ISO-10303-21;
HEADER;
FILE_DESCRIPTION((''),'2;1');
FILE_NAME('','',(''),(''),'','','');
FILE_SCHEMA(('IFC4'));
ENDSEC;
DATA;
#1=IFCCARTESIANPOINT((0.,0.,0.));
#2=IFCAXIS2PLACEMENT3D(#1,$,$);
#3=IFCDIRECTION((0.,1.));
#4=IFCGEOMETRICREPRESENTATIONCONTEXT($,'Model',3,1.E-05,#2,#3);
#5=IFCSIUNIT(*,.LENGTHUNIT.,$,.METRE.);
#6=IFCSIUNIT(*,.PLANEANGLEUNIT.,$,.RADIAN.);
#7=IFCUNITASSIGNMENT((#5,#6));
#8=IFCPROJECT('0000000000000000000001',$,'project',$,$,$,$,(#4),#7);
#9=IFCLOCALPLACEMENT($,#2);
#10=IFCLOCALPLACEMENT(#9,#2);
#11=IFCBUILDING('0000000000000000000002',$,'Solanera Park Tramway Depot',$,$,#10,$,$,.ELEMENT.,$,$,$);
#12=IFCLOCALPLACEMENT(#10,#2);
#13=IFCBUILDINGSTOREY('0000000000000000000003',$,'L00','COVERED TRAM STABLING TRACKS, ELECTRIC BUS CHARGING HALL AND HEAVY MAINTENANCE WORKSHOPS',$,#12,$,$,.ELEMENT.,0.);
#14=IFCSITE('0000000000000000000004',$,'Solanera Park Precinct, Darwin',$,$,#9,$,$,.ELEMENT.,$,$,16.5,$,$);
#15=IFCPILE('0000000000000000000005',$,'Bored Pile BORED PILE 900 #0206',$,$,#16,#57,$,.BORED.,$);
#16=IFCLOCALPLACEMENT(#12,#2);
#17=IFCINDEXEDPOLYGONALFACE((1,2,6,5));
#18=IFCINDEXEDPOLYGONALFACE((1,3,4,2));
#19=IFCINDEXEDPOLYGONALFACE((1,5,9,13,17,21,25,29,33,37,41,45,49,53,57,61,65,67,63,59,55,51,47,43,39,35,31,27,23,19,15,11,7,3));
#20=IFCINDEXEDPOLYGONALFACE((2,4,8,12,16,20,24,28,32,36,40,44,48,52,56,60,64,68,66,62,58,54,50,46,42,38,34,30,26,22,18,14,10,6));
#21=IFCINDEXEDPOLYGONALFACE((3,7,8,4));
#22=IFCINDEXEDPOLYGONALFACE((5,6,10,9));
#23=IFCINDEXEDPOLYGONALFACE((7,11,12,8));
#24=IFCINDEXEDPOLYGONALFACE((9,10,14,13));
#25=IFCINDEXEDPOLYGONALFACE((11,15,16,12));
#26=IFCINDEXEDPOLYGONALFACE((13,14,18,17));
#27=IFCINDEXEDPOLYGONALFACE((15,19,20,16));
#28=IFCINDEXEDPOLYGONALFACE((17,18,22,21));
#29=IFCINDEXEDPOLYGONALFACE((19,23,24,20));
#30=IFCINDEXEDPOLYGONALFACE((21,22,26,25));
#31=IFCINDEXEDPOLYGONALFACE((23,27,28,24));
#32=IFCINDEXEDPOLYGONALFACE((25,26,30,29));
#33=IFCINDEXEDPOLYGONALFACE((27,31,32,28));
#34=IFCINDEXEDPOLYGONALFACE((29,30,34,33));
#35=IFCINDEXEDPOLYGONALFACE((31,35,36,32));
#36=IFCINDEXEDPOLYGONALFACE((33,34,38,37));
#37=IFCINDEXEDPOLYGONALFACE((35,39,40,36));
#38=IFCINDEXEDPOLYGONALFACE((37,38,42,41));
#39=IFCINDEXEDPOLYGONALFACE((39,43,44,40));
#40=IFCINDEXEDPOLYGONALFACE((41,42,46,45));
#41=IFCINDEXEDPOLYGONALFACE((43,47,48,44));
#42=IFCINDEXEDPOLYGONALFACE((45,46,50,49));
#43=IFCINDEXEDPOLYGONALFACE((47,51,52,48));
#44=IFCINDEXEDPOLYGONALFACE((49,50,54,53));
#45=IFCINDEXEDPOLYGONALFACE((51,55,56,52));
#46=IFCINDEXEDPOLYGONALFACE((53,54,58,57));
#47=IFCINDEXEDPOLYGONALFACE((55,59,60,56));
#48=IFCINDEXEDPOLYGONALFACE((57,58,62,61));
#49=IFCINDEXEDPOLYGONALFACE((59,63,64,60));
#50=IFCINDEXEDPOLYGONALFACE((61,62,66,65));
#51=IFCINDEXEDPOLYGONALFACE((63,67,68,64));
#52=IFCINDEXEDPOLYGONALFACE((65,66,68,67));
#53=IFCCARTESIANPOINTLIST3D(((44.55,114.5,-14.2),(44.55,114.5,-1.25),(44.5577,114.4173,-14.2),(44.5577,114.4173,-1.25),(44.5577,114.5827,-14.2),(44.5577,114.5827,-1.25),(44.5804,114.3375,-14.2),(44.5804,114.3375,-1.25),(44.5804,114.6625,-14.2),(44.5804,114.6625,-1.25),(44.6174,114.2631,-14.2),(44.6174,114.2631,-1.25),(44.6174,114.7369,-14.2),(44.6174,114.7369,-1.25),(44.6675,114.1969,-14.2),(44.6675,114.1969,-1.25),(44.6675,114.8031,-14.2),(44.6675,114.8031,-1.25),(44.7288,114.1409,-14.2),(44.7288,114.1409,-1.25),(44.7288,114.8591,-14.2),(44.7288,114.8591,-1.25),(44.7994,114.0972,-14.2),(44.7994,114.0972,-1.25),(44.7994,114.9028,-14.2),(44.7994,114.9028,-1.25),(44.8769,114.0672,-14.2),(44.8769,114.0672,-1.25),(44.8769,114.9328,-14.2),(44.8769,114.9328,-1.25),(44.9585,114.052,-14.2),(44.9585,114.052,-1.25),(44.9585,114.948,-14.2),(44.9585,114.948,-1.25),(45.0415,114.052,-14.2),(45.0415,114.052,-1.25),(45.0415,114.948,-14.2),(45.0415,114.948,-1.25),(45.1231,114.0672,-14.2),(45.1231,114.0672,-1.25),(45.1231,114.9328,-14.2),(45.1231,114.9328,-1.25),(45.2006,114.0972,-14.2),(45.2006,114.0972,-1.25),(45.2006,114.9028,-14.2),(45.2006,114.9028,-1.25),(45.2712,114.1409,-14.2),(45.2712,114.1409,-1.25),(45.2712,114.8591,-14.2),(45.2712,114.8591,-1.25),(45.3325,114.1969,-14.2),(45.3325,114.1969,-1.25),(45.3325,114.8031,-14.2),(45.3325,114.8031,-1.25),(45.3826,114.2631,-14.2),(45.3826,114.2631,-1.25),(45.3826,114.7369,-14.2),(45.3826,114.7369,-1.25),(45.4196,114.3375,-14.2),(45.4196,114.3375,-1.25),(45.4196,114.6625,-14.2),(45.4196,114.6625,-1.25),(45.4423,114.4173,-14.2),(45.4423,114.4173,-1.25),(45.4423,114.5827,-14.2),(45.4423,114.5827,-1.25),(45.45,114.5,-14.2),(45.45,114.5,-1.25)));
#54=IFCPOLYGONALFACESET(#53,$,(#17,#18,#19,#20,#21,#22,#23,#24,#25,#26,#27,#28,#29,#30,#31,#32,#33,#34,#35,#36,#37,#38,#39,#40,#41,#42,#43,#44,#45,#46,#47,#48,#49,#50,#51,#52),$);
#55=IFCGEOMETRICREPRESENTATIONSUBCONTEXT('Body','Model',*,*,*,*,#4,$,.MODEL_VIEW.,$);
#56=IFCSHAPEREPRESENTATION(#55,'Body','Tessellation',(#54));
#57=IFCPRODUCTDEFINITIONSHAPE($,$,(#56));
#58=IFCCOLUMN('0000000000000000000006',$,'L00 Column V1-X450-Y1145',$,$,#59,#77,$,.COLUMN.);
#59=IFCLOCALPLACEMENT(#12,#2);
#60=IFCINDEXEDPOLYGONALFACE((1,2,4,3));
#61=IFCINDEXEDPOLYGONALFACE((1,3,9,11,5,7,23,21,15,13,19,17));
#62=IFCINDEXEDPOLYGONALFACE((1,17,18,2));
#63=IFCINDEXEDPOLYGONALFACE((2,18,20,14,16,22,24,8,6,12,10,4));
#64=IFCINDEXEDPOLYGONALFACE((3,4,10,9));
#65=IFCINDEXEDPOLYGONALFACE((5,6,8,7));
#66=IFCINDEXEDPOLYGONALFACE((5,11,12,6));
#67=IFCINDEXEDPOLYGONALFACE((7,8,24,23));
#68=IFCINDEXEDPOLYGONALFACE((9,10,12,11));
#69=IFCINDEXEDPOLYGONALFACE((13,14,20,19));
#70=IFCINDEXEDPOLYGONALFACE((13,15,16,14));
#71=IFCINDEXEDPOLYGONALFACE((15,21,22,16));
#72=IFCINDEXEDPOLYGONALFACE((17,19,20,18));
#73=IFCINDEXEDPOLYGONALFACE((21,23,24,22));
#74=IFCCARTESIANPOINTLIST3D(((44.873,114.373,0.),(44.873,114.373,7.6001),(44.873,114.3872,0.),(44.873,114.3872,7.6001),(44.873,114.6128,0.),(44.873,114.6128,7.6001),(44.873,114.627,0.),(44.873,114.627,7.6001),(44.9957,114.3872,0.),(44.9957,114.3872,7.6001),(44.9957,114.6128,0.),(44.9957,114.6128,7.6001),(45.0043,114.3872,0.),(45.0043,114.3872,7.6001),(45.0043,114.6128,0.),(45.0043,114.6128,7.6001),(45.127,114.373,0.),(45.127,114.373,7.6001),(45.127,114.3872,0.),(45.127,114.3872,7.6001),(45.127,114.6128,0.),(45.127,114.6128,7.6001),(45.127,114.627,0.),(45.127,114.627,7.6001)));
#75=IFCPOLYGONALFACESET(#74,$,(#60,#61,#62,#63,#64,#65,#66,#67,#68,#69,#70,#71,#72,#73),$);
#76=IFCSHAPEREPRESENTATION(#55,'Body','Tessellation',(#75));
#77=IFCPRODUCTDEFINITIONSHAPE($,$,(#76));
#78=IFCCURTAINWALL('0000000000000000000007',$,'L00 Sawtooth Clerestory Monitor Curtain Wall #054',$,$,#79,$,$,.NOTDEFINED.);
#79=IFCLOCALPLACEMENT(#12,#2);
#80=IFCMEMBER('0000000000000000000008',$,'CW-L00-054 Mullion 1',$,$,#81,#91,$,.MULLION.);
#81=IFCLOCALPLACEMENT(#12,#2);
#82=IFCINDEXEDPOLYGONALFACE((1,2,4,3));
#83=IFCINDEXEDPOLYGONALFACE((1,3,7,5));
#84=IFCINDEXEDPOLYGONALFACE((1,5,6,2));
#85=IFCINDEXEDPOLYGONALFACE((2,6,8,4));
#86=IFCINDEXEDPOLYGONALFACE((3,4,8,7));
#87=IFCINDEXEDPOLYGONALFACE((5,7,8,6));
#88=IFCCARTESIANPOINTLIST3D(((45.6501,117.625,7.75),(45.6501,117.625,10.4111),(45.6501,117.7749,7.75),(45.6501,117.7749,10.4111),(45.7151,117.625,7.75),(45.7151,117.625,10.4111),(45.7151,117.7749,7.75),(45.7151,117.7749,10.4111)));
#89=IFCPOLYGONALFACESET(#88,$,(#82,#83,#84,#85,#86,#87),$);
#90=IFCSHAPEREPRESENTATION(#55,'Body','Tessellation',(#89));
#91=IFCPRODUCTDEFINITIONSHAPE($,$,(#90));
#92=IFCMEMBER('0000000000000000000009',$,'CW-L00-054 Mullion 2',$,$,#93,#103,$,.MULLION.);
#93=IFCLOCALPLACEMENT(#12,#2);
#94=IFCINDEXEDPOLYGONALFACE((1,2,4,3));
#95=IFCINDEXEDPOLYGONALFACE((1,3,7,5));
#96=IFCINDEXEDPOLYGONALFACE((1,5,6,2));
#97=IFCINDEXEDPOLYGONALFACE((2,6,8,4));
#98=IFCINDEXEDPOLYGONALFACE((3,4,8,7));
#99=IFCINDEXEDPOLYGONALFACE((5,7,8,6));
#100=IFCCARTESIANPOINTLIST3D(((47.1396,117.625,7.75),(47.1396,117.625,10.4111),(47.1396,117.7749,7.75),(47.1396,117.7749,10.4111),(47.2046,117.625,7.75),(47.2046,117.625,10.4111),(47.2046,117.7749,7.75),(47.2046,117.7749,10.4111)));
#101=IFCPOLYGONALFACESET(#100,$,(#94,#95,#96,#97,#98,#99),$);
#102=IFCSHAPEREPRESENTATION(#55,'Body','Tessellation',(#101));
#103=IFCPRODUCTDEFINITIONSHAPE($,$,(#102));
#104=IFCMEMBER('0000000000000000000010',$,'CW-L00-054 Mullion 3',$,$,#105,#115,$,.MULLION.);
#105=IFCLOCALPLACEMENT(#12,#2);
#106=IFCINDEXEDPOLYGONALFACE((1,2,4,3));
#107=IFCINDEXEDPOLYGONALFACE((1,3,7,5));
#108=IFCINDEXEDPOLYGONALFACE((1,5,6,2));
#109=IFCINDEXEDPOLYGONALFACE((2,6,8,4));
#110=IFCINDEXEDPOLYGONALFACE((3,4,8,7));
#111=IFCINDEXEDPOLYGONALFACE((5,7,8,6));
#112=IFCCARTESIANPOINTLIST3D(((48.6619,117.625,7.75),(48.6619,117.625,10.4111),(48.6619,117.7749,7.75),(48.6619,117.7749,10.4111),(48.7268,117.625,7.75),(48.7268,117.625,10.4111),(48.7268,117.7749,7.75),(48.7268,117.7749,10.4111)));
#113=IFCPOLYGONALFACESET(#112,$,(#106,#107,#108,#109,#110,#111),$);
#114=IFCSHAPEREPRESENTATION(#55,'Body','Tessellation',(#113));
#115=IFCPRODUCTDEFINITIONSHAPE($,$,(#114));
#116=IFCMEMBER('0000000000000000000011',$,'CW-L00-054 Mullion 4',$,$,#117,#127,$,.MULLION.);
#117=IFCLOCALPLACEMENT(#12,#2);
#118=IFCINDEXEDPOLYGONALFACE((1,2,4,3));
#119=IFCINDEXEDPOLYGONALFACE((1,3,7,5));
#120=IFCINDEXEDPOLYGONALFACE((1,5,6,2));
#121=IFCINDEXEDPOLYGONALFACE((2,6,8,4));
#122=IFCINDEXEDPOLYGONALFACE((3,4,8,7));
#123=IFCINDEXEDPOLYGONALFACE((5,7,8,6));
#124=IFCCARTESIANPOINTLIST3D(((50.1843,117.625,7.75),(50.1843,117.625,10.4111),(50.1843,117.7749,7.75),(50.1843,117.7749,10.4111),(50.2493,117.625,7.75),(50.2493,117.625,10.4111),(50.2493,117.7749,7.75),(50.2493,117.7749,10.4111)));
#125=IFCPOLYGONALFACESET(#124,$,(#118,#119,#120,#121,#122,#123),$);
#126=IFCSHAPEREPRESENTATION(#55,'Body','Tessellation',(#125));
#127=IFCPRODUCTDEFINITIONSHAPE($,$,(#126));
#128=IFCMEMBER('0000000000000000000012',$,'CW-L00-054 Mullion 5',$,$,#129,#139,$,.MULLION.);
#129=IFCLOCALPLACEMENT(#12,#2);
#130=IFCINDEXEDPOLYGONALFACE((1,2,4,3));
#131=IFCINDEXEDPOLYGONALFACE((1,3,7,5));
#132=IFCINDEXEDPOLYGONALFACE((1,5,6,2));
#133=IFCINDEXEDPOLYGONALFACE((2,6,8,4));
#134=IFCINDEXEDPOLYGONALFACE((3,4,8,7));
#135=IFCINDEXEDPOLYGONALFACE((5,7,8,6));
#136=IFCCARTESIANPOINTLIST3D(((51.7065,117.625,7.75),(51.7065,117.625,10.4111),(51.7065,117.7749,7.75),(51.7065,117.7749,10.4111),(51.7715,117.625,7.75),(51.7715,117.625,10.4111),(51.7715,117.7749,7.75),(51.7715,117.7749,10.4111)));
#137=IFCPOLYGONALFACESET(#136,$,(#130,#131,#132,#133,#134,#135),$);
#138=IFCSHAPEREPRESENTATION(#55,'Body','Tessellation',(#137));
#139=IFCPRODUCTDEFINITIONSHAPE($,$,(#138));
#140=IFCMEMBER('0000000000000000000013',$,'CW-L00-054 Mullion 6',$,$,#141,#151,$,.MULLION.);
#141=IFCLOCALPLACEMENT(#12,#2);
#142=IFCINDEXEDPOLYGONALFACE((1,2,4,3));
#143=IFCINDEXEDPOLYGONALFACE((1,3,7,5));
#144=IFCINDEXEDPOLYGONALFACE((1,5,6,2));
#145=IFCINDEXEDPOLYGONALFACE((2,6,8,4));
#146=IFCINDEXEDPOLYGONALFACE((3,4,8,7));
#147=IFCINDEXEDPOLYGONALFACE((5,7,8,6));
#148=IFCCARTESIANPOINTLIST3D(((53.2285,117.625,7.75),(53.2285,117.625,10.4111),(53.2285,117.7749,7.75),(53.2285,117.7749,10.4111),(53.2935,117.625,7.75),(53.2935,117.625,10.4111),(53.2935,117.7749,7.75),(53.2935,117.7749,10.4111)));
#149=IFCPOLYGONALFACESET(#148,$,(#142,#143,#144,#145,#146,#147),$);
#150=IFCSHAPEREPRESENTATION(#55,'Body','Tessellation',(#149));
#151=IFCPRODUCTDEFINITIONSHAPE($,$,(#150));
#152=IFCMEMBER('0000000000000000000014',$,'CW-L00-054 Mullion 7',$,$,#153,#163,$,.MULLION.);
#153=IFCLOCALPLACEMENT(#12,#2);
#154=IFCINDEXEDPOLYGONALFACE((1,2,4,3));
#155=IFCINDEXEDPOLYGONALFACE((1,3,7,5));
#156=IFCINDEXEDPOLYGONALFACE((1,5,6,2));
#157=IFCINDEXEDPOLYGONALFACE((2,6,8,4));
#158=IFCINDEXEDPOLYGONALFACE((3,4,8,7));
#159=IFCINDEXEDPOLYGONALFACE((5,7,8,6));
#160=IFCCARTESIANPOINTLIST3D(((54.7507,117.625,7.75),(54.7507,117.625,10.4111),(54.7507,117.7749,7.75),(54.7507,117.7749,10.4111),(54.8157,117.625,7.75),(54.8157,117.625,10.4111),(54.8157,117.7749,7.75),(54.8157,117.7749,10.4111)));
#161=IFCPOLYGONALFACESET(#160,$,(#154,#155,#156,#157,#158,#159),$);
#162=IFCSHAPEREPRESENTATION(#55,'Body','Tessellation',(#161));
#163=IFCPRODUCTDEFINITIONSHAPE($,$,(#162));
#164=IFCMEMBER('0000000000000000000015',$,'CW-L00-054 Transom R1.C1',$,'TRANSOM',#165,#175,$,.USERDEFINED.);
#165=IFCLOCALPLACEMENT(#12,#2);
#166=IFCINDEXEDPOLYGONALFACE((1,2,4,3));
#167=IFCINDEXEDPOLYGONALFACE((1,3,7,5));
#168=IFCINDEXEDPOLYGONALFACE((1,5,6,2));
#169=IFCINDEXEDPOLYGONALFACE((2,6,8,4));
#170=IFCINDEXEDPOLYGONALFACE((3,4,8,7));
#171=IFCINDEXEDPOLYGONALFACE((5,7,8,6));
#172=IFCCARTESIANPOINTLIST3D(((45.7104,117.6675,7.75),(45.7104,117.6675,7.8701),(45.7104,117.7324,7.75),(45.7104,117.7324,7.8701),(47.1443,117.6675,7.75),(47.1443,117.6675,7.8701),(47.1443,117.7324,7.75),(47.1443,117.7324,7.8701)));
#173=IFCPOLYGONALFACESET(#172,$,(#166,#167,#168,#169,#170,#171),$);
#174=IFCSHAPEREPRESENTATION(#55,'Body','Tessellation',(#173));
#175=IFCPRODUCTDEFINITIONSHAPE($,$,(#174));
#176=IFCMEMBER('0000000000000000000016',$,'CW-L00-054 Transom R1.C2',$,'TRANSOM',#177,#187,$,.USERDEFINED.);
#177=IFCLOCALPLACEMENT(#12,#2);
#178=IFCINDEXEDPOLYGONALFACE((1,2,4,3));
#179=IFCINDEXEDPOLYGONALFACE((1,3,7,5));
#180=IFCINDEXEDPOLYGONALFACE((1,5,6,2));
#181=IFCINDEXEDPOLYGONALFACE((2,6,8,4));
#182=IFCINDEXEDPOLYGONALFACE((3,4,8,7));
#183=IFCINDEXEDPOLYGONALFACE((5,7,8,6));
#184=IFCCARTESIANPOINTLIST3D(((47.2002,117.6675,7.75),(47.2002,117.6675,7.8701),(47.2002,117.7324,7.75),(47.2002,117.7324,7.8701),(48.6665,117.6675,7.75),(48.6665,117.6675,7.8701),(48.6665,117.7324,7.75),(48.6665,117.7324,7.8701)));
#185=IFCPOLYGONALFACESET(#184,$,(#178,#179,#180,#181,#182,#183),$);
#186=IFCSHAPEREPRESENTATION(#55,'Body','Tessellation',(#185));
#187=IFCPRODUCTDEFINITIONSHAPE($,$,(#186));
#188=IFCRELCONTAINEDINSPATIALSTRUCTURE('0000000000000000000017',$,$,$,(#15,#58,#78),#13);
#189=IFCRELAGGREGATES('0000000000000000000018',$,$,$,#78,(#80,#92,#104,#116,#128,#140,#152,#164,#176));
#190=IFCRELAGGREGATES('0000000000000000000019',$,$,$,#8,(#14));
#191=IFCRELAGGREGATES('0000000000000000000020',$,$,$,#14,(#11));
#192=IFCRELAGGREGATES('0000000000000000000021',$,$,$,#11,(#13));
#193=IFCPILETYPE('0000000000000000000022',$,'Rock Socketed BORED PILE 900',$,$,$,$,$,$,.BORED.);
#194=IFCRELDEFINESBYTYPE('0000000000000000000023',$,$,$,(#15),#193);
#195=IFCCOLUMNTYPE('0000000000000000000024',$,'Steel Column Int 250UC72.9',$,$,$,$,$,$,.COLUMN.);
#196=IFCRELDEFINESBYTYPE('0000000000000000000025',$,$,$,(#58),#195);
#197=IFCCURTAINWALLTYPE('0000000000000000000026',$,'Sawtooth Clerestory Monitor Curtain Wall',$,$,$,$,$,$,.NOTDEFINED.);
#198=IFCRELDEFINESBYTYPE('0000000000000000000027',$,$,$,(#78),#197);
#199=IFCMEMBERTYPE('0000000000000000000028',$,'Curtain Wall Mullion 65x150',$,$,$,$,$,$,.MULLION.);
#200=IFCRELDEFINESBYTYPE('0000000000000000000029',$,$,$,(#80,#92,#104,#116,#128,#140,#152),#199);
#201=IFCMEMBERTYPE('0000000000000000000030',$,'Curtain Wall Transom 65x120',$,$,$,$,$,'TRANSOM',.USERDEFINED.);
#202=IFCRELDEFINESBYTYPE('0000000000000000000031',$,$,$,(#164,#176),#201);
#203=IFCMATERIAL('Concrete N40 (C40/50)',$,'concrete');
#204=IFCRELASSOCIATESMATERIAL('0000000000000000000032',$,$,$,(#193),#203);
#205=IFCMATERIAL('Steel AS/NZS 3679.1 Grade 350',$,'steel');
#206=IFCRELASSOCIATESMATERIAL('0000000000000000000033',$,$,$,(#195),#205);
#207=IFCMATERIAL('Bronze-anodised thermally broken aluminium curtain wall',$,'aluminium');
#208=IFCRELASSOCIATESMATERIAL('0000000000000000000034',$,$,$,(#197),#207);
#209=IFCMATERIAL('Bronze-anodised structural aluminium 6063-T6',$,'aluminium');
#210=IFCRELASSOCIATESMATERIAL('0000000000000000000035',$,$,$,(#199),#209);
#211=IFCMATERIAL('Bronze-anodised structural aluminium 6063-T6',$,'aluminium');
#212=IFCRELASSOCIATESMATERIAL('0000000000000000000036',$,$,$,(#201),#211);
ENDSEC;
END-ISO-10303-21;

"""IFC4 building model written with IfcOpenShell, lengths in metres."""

from ifc_helpers import new_model, si_unit, direction, frame, origin, origin_2d, place, context, subcontext, project, spatial, rectangle, circle, i_section, extrude, material, material_profile, profile_set, type_object, element, aggregate, save


model = new_model("IFC4")

# Units and contexts
model_context = context("Model", 3, precision=1e-05, world=origin(), true_north=direction((0.0, 1.0)))
body_context = subcontext(model_context, "Body", "Model", "MODEL_VIEW")
ifc_project = project(units=[si_unit("LENGTHUNIT", "METRE"), si_unit("PLANEANGLEUNIT", "RADIAN")], contexts=[model_context])

# Site, building, storey
site_placement = place(None, origin())
site = spatial("IfcSite", under=ifc_project, at=site_placement, Name="Solanera Park Precinct, Darwin", CompositionType="ELEMENT", RefElevation=16.5)
building_placement = place(site_placement, origin())
building = spatial("IfcBuilding", under=site, at=building_placement, Name="Solanera Park Tramway Depot", CompositionType="ELEMENT")
storey_placement = place(building_placement, origin())
storey = spatial("IfcBuildingStorey", under=building, at=storey_placement, Name="L00", Description="COVERED TRAM STABLING TRACKS, ELECTRIC BUS CHARGING HALL AND HEAVY MAINTENANCE WORKSHOPS", CompositionType="ELEMENT", Elevation=0.0)

# Pile
ifc_material_1 = material(Name="Concrete N40 (C40/50)", Category="concrete")
ifc_material_profile_1 = material_profile(ifc_material_1, circle(Radius=0.45, at=origin_2d()), Name="BORED PILE 900")
ifc_profile_set_1 = profile_set([ifc_material_profile_1], Name="Concrete N40 (C40/50)")
pile_type = type_object("IfcPileType", Name="Rock Socketed BORED PILE 900", PredefinedType="BORED", material=ifc_profile_set_1)
pile_placement = place(storey_placement, frame((45.0, 114.5, -1.25), z_axis=(0.0, 0.0, -1.0), x_axis=(1.0, 0.0, 0.0)))
element("IfcPile", 1, at=pile_placement, inside=storey, type_object=pile_type, Name="Bored Pile BORED PILE 900 #0206", PredefinedType="BORED", context=body_context, shape_type="SweptSolid", body=[
    extrude(circle(Radius=0.45, at=origin_2d()), origin(), (0.0, 0.0, 1.0), 12.95),
])

# Column
ifc_material_2 = material(Name="Steel AS/NZS 3679.1 Grade 350", Category="steel")
ifc_material_profile_2 = material_profile(ifc_material_2, i_section(OverallWidth=0.2539, OverallDepth=0.2539, WebThickness=0.0085, FlangeThickness=0.0142, at=origin_2d()), Name="250UC72.9")
ifc_profile_set_2 = profile_set([ifc_material_profile_2], Name="Steel AS/NZS 3679.1 Grade 350")
column_type = type_object("IfcColumnType", Name="Steel Column Int 250UC72.9", PredefinedType="COLUMN", material=ifc_profile_set_2)
column_placement = place(storey_placement, frame((45.0, 114.5, 0.0), z_axis=(0.0, 0.0, 1.0), x_axis=(1.0, 0.0, 0.0)))
element("IfcColumn", 2, at=column_placement, inside=storey, type_object=column_type, Name="L00 Column V1-X450-Y1145", PredefinedType="COLUMN", context=body_context, shape_type="SweptSolid", body=[
    extrude(i_section(OverallWidth=0.2539, OverallDepth=0.2539, WebThickness=0.0085, FlangeThickness=0.0142, at=origin_2d()), origin(), (0.0, 0.0, 1.0), 7.6001),
])

# Curtain wall, members
ifc_material_3 = material(Name="Bronze-anodised thermally broken aluminium curtain wall", Category="aluminium")
curtain_wall_type = type_object("IfcCurtainWallType", Name="Sawtooth Clerestory Monitor Curtain Wall", PredefinedType="NOTDEFINED", material=ifc_material_3)
curtain_wall_placement = place(storey_placement, origin())
curtain_wall = element("IfcCurtainWall", 3, at=curtain_wall_placement, inside=storey, type_object=curtain_wall_type, Name="L00 Sawtooth Clerestory Monitor Curtain Wall #054", PredefinedType="NOTDEFINED")
ifc_material_4 = material(Name="Bronze-anodised structural aluminium 6063-T6", Category="aluminium")
ifc_material_profile_3 = material_profile(ifc_material_4, rectangle(XDim=0.0649, YDim=0.1499, at=origin_2d()), Name="Curtain Wall Mullion 65x150")
ifc_profile_set_3 = profile_set([ifc_material_profile_3], Name="Bronze-anodised structural aluminium 6063-T6")
member_type_1 = type_object("IfcMemberType", Name="Curtain Wall Mullion 65x150", PredefinedType="MULLION", material=ifc_profile_set_3)
member_1_placement = place(storey_placement, frame((45.6826, 117.7, 7.75), z_axis=(0.0, 0.0, 1.0), x_axis=(1.0, 0.0, 0.0)))
member_1 = element("IfcMember", 4, at=member_1_placement, type_object=member_type_1, Name="CW-L00-054 Mullion 1", PredefinedType="MULLION", context=body_context, shape_type="SweptSolid", body=[
    extrude(rectangle(XDim=0.0649, YDim=0.1499, at=origin_2d()), origin(), (0.0, 0.0, 1.0), 2.6611),
])
member_2_placement = place(storey_placement, frame((47.1721, 117.7, 7.75), z_axis=(0.0, 0.0, 1.0), x_axis=(1.0, 0.0, 0.0)))
member_2 = element("IfcMember", 5, at=member_2_placement, type_object=member_type_1, Name="CW-L00-054 Mullion 2", PredefinedType="MULLION", context=body_context, shape_type="SweptSolid", body=[
    extrude(rectangle(XDim=0.0649, YDim=0.1499, at=origin_2d()), origin(), (0.0, 0.0, 1.0), 2.6611),
])
member_3_placement = place(storey_placement, frame((48.6943, 117.7, 7.75), z_axis=(0.0, 0.0, 1.0), x_axis=(1.0, 0.0, 0.0)))
member_3 = element("IfcMember", 6, at=member_3_placement, type_object=member_type_1, Name="CW-L00-054 Mullion 3", PredefinedType="MULLION", context=body_context, shape_type="SweptSolid", body=[
    extrude(rectangle(XDim=0.0649, YDim=0.1499, at=origin_2d()), origin(), (0.0, 0.0, 1.0), 2.6611),
])
member_4_placement = place(storey_placement, frame((50.2168, 117.7, 7.75), z_axis=(0.0, 0.0, 1.0), x_axis=(1.0, 0.0, 0.0)))
member_4 = element("IfcMember", 7, at=member_4_placement, type_object=member_type_1, Name="CW-L00-054 Mullion 4", PredefinedType="MULLION", context=body_context, shape_type="SweptSolid", body=[
    extrude(rectangle(XDim=0.0649, YDim=0.1499, at=origin_2d()), origin(), (0.0, 0.0, 1.0), 2.6611),
])
member_5_placement = place(storey_placement, frame((51.739, 117.7, 7.75), z_axis=(0.0, 0.0, 1.0), x_axis=(1.0, 0.0, 0.0)))
member_5 = element("IfcMember", 8, at=member_5_placement, type_object=member_type_1, Name="CW-L00-054 Mullion 5", PredefinedType="MULLION", context=body_context, shape_type="SweptSolid", body=[
    extrude(rectangle(XDim=0.0649, YDim=0.1499, at=origin_2d()), origin(), (0.0, 0.0, 1.0), 2.6611),
])
member_6_placement = place(storey_placement, frame((53.261, 117.7, 7.75), z_axis=(0.0, 0.0, 1.0), x_axis=(1.0, 0.0, 0.0)))
member_6 = element("IfcMember", 9, at=member_6_placement, type_object=member_type_1, Name="CW-L00-054 Mullion 6", PredefinedType="MULLION", context=body_context, shape_type="SweptSolid", body=[
    extrude(rectangle(XDim=0.0649, YDim=0.1499, at=origin_2d()), origin(), (0.0, 0.0, 1.0), 2.6611),
])
member_7_placement = place(storey_placement, frame((54.7832, 117.7, 7.75), z_axis=(0.0, 0.0, 1.0), x_axis=(1.0, 0.0, 0.0)))
member_7 = element("IfcMember", 10, at=member_7_placement, type_object=member_type_1, Name="CW-L00-054 Mullion 7", PredefinedType="MULLION", context=body_context, shape_type="SweptSolid", body=[
    extrude(rectangle(XDim=0.0649, YDim=0.1499, at=origin_2d()), origin(), (0.0, 0.0, 1.0), 2.6611),
])
ifc_material_5 = material(Name="Bronze-anodised structural aluminium 6063-T6", Category="aluminium")
ifc_material_profile_4 = material_profile(ifc_material_5, rectangle(XDim=0.0649, YDim=0.1201, at=origin_2d()), Name="Curtain Wall Transom 65x120")
ifc_profile_set_4 = profile_set([ifc_material_profile_4], Name="Bronze-anodised structural aluminium 6063-T6")
member_type_2 = type_object("IfcMemberType", Name="Curtain Wall Transom 65x120", ElementType="TRANSOM", PredefinedType="USERDEFINED", material=ifc_profile_set_4)
member_8_placement = place(storey_placement, frame((45.7104, 117.7, 7.8101), z_axis=(1.0, 0.0, 0.0), x_axis=(0.0, 1.0, 0.0)))
member_8 = element("IfcMember", 11, at=member_8_placement, type_object=member_type_2, Name="CW-L00-054 Transom R1.C1", ObjectType="TRANSOM", PredefinedType="USERDEFINED", context=body_context, shape_type="SweptSolid", body=[
    extrude(rectangle(XDim=0.0649, YDim=0.1201, at=origin_2d()), origin(), (0.0, 0.0, 1.0), 1.4338),
])
member_9_placement = place(storey_placement, frame((47.2002, 117.7, 7.8101), z_axis=(1.0, 0.0, 0.0), x_axis=(0.0, 1.0, 0.0)))
member_9 = element("IfcMember", 12, at=member_9_placement, type_object=member_type_2, Name="CW-L00-054 Transom R1.C2", ObjectType="TRANSOM", PredefinedType="USERDEFINED", context=body_context, shape_type="SweptSolid", body=[
    extrude(rectangle(XDim=0.0649, YDim=0.1201, at=origin_2d()), origin(), (0.0, 0.0, 1.0), 1.4663),
])

aggregate(curtain_wall, [member_1, member_2, member_3, member_4, member_5, member_6, member_7, member_8, member_9])

save(model, "model.ifc")
